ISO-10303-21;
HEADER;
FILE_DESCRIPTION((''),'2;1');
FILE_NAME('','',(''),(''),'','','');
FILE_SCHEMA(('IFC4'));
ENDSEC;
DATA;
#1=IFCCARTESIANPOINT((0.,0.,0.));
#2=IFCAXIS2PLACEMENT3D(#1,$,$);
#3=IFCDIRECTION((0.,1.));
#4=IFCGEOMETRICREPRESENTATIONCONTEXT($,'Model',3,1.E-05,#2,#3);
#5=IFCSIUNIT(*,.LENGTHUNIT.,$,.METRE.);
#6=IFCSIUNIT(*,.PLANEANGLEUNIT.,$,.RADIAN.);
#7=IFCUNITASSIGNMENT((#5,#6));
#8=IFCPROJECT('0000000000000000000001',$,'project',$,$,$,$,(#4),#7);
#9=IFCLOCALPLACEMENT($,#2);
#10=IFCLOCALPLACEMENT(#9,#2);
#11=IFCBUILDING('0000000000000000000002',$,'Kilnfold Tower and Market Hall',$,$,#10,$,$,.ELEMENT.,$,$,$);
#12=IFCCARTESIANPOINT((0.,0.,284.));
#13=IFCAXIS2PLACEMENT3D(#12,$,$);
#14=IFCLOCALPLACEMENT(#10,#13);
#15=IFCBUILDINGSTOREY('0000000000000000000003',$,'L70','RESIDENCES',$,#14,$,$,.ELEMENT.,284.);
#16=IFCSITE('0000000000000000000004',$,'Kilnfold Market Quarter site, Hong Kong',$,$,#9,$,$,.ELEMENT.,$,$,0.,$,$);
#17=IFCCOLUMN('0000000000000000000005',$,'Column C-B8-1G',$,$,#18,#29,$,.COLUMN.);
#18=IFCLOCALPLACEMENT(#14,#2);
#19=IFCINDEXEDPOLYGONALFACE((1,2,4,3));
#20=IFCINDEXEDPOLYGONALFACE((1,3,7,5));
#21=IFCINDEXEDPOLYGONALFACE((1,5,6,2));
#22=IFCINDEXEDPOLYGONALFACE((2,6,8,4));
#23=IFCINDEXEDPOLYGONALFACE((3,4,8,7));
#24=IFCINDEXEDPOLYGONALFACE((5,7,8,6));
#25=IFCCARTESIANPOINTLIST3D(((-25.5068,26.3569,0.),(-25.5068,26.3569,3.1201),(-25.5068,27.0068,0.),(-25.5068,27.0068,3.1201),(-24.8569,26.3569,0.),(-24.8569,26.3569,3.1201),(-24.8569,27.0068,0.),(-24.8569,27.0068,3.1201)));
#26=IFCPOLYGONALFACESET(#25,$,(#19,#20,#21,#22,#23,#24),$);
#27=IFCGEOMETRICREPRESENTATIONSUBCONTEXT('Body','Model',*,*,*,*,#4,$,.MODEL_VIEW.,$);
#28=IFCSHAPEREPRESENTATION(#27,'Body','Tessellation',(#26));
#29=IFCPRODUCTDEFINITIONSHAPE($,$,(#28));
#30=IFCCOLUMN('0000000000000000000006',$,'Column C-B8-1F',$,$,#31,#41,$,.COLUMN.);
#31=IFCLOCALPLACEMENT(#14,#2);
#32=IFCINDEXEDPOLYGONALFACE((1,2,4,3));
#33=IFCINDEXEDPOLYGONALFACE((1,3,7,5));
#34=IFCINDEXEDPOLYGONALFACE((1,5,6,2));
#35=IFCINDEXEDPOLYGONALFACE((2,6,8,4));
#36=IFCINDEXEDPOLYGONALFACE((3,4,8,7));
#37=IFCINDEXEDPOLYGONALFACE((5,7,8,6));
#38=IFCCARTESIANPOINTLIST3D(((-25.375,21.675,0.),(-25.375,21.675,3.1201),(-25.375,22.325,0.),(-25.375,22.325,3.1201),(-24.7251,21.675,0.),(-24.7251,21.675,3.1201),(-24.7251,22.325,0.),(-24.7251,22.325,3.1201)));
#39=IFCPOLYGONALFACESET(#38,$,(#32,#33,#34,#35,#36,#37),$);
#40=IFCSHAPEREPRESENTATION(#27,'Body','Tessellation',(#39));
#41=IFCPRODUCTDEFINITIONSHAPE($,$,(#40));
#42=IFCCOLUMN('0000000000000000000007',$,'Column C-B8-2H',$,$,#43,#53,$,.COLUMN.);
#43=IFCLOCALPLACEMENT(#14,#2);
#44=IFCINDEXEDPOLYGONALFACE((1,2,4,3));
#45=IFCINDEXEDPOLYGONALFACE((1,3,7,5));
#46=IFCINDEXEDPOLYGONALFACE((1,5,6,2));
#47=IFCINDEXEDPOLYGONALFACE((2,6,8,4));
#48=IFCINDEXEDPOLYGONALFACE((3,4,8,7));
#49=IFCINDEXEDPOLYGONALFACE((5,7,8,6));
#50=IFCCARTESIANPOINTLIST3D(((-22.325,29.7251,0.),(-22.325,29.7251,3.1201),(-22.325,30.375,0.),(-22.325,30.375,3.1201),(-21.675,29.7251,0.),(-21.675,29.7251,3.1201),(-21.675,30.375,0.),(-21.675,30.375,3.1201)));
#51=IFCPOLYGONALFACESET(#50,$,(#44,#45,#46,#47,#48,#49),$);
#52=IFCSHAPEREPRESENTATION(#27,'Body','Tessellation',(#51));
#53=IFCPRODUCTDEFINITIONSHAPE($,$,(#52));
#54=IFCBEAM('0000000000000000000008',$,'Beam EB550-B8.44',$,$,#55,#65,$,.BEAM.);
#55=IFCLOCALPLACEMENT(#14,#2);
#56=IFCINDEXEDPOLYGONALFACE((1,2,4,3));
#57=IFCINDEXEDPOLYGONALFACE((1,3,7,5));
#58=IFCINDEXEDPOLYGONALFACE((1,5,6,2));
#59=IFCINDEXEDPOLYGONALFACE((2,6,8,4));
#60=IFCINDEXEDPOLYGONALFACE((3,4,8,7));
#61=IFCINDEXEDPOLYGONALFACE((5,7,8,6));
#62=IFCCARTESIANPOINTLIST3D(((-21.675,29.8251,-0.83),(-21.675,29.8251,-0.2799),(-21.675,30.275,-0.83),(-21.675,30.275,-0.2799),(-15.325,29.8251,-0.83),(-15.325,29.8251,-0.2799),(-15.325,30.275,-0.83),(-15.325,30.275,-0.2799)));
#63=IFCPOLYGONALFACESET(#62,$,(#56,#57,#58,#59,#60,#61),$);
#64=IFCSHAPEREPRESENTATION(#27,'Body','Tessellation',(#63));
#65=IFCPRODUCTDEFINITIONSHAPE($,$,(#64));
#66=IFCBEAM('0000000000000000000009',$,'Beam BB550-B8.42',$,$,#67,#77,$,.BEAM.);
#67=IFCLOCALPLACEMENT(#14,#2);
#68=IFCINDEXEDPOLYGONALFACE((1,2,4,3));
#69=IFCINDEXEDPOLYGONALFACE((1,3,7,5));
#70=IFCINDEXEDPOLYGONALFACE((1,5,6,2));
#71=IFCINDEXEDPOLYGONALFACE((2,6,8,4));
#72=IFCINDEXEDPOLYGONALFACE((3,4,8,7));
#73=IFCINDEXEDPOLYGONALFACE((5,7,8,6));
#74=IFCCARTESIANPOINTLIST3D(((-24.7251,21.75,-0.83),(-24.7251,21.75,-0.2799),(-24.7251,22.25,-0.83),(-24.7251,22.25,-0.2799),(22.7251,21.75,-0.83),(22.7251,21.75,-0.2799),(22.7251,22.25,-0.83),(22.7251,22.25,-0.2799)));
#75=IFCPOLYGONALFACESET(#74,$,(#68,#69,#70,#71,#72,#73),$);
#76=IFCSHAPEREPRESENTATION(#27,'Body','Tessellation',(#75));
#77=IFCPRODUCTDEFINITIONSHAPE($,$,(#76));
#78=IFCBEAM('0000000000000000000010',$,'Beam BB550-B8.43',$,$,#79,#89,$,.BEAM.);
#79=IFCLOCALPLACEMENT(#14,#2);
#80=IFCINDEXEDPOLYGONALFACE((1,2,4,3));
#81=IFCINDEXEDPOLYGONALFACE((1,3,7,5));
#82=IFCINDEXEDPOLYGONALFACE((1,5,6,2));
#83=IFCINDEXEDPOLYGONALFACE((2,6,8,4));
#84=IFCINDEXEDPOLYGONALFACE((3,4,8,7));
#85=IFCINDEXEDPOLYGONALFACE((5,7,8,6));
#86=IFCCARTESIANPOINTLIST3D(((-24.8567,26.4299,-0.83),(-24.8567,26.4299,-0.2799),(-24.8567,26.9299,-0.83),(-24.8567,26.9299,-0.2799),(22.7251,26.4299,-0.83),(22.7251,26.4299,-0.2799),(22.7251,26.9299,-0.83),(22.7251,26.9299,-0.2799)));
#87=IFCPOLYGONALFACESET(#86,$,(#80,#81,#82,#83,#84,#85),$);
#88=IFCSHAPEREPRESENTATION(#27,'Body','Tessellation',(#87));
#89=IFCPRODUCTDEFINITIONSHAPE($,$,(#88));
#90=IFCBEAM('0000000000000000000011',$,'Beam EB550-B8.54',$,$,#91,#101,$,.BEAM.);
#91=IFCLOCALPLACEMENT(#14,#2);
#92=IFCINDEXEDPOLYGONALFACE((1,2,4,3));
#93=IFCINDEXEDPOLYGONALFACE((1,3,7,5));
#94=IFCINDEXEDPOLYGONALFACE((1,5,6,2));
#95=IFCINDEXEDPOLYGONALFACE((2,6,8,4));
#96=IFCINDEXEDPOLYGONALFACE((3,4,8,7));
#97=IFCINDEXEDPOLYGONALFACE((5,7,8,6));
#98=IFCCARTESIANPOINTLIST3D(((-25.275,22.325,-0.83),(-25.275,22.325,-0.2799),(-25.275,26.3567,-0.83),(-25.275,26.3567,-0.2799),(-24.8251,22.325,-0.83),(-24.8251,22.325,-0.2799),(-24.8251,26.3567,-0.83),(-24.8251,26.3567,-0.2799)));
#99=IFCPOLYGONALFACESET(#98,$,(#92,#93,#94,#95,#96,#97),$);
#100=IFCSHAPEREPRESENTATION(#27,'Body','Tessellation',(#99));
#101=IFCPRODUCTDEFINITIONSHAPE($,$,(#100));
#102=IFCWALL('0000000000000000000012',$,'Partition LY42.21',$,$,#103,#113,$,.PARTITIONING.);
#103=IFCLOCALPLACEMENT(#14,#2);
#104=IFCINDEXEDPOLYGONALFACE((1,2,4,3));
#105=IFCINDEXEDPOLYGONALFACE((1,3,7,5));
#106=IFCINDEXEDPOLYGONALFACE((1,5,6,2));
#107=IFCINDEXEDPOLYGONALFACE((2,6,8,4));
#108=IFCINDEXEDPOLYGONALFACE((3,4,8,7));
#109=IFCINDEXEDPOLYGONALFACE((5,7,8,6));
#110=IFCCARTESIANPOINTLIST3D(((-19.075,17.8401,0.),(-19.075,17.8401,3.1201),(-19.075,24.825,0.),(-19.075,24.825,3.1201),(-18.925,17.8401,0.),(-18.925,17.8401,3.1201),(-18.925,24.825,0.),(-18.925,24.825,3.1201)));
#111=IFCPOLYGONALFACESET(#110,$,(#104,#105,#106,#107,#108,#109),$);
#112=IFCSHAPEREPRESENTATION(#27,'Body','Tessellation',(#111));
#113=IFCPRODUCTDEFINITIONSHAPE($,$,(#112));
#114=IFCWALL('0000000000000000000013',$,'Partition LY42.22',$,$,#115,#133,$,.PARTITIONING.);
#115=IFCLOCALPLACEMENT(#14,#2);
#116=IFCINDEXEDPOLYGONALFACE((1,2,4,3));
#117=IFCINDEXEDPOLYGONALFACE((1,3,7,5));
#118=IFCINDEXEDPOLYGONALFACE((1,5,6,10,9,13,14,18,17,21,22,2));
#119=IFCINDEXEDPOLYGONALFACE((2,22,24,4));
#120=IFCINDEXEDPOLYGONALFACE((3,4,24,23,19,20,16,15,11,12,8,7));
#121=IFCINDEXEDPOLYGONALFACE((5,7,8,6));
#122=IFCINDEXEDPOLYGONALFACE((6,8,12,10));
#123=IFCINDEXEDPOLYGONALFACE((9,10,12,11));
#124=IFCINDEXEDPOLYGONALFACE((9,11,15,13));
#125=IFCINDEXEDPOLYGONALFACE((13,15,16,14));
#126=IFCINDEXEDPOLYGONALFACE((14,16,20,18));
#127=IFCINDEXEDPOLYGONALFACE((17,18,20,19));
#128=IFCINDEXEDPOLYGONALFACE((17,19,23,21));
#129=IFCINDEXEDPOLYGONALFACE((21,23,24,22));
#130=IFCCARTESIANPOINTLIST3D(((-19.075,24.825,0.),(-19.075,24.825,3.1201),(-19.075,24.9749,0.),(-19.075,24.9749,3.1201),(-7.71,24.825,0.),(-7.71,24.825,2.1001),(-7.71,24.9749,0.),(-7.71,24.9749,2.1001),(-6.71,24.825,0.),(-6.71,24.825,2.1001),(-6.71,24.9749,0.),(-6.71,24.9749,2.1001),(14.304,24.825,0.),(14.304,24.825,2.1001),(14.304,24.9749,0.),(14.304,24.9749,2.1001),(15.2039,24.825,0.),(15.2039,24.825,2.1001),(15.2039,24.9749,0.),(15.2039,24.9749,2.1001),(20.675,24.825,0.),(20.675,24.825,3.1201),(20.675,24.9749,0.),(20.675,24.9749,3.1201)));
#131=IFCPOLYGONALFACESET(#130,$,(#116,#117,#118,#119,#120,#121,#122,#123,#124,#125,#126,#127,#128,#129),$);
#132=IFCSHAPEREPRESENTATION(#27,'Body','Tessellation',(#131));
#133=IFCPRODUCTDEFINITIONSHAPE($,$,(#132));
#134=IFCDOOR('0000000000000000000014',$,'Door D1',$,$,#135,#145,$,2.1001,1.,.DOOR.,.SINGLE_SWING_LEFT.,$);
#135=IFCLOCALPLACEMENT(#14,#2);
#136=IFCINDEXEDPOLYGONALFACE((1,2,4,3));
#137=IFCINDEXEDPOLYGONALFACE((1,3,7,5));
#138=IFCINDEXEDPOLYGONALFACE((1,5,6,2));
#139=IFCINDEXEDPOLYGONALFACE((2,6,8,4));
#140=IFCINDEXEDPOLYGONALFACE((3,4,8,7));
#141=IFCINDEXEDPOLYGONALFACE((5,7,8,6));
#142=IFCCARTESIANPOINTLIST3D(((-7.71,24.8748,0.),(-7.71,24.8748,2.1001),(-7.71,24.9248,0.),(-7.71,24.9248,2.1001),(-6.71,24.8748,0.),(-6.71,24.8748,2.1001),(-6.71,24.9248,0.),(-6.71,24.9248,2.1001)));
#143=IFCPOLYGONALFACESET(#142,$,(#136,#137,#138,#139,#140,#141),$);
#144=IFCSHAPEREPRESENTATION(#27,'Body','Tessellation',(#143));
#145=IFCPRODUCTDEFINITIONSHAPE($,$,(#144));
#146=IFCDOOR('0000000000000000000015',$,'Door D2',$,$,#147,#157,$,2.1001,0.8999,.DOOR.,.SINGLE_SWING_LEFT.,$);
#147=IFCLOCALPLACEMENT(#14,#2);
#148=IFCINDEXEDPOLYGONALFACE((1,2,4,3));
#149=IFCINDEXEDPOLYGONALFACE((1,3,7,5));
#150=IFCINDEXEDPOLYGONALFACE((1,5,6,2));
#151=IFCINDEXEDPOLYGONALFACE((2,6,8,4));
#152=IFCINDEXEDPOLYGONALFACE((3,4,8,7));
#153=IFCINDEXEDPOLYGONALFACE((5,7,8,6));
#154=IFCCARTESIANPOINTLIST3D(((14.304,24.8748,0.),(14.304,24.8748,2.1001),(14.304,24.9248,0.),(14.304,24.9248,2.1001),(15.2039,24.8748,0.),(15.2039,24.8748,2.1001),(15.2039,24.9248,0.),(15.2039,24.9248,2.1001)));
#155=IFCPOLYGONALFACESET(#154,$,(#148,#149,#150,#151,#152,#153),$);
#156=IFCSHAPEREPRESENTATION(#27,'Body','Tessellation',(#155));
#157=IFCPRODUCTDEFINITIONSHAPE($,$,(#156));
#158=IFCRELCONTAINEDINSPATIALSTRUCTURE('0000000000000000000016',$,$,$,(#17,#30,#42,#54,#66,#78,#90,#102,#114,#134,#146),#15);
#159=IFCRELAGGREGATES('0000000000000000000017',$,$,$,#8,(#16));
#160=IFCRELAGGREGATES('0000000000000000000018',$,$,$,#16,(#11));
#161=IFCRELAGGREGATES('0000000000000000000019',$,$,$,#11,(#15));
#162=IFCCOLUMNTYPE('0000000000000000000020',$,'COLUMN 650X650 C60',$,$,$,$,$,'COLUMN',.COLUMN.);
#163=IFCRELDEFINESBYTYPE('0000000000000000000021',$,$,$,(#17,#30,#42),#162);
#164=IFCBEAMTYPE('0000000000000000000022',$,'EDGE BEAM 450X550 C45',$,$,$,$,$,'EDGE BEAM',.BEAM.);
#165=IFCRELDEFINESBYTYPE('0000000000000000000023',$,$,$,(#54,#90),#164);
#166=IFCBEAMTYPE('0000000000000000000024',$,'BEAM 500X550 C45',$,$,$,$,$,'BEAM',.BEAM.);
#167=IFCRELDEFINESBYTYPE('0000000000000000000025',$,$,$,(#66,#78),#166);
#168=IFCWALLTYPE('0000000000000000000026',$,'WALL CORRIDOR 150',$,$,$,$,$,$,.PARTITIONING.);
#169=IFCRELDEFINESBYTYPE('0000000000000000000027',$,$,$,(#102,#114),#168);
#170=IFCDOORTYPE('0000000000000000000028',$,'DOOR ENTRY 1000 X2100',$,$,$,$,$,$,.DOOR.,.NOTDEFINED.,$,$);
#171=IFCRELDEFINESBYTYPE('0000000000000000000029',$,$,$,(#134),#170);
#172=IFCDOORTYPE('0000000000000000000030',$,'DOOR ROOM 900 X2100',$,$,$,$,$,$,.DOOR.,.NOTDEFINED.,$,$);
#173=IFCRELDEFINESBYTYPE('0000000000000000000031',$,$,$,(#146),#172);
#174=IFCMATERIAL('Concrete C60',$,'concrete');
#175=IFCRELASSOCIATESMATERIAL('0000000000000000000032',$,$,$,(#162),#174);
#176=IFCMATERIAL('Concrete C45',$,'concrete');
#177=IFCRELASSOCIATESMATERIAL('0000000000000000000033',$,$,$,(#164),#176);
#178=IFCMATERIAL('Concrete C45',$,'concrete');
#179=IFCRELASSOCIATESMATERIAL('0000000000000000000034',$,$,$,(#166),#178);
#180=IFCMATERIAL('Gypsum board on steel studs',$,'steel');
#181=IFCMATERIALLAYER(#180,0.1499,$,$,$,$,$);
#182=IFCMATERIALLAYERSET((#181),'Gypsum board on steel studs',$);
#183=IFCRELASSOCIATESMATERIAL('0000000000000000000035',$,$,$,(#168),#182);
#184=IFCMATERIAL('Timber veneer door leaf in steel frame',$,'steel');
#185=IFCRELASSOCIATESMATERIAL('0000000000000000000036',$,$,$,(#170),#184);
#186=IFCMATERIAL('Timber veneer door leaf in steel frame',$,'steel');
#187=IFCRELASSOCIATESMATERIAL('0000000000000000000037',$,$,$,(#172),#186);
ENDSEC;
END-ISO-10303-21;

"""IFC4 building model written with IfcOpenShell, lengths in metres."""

from ifc_helpers import new_model, si_unit, direction, frame, frame_2d, origin, origin_2d, place, context, subcontext, project, spatial, rectangle, extrude, source, transform, mapped, material, layer, layer_set, material_profile, profile_set, type_object, element, fill, save


model = new_model("IFC4")

# Units and contexts
model_context = context("Model", 3, precision=1e-05, world=origin(), true_north=direction((0.0, 1.0)))
body_context = subcontext(model_context, "Body", "Model", "MODEL_VIEW")
ifc_project = project(units=[si_unit("LENGTHUNIT", "METRE"), si_unit("PLANEANGLEUNIT", "RADIAN")], contexts=[model_context])

# Site, building, storey
site_placement = place(None, origin())
site = spatial("IfcSite", under=ifc_project, at=site_placement, Name="Kilnfold Market Quarter site, Hong Kong", CompositionType="ELEMENT", RefElevation=0.0)
building_placement = place(site_placement, origin())
building = spatial("IfcBuilding", under=site, at=building_placement, Name="Kilnfold Tower and Market Hall", CompositionType="ELEMENT")
storey_placement = place(building_placement, frame((0.0, 0.0, 284.0)))
storey = spatial("IfcBuildingStorey", under=building, at=storey_placement, Name="L70", Description="RESIDENCES", CompositionType="ELEMENT", Elevation=284.0)

# Columns
ifc_material_1 = material(Name="Concrete C60", Category="concrete")
ifc_material_profile_1 = material_profile(ifc_material_1, rectangle(XDim=0.6499, YDim=0.6499, at=origin_2d()), Name="RC 650x650")
ifc_profile_set_1 = profile_set([ifc_material_profile_1], Name="Concrete C60")
column_type = type_object("IfcColumnType", Name="COLUMN 650X650 C60", ElementType="COLUMN", PredefinedType="COLUMN", material=ifc_profile_set_1)
shared_shape_1 = source(origin(), body_context, "Body", "SweptSolid", [
    extrude(rectangle(XDim=0.6499, YDim=0.6499, at=origin_2d()), origin(), (0.0, 0.0, 1.0), 3.1201),
])
for number, where, z_axis, x_axis, name in (
    (1, (-25.1819, 26.6819, 0.0), (0.0, 0.0, 1.0), (1.0, 0.0, 0.0), "Column C-B8-1G"),
    (2, (-25.05, 22.0, 0.0), (0.0, 0.0, 1.0), (1.0, 0.0, 0.0), "Column C-B8-1F"),
    (3, (-22.0, 30.05, 0.0), (0.0, 0.0, 1.0), (1.0, 0.0, 0.0), "Column C-B8-2H"),
):
    element("IfcColumn", number, at=place(storey_placement, frame(where, z_axis=z_axis, x_axis=x_axis)), inside=storey, type_object=column_type, Name=name, PredefinedType="COLUMN", context=body_context, shape_type="MappedRepresentation", body=[
        mapped(shared_shape_1, transform((0.0, 0.0, 0.0))),
    ])

# Beams
ifc_material_2 = material(Name="Concrete C45", Category="concrete")
ifc_material_profile_2 = material_profile(ifc_material_2, rectangle(XDim=0.45, YDim=0.55, at=origin_2d()), Name="RC 450x550")
ifc_profile_set_2 = profile_set([ifc_material_profile_2], Name="Concrete C45")
beam_type_1 = type_object("IfcBeamType", Name="EDGE BEAM 450X550 C45", ElementType="EDGE BEAM", PredefinedType="BEAM", material=ifc_profile_set_2)
shared_shape_2 = source(origin(), body_context, "Body", "SweptSolid", [
    extrude(rectangle(XDim=0.45, YDim=0.55, at=origin_2d()), origin(), (0.0, 0.0, 1.0), 6.3501),
])
beam_1_placement = place(storey_placement, frame((-21.675, 30.05, -0.5549), z_axis=(1.0, 0.0, 0.0), x_axis=(0.0, 1.0, 0.0)))
element("IfcBeam", 4, at=beam_1_placement, inside=storey, type_object=beam_type_1, Name="Beam EB550-B8.44", PredefinedType="BEAM", context=body_context, shape_type="MappedRepresentation", body=[
    mapped(shared_shape_2, transform((0.0, 0.0, 0.0))),
])
ifc_material_3 = material(Name="Concrete C45", Category="concrete")
ifc_material_profile_3 = material_profile(ifc_material_3, rectangle(XDim=0.5, YDim=0.55, at=origin_2d()), Name="RC 500x550")
ifc_profile_set_3 = profile_set([ifc_material_profile_3], Name="Concrete C45")
beam_type_2 = type_object("IfcBeamType", Name="BEAM 500X550 C45", ElementType="BEAM", PredefinedType="BEAM", material=ifc_profile_set_3)
shared_shape_3 = source(origin(), body_context, "Body", "SweptSolid", [
    extrude(rectangle(XDim=0.5, YDim=0.55, at=origin_2d()), origin(), (0.0, 0.0, 1.0), 47.4502),
])
beam_2_placement = place(storey_placement, frame((-24.7251, 22.0, -0.5549), z_axis=(1.0, 0.0, 0.0), x_axis=(0.0, 1.0, 0.0)))
element("IfcBeam", 5, at=beam_2_placement, inside=storey, type_object=beam_type_2, Name="Beam BB550-B8.42", PredefinedType="BEAM", context=body_context, shape_type="MappedRepresentation", body=[
    mapped(shared_shape_3, transform((0.0, 0.0, 0.0))),
])
shared_shape_4 = source(origin(), body_context, "Body", "SweptSolid", [
    extrude(rectangle(XDim=0.5, YDim=0.55, at=origin_2d()), origin(), (0.0, 0.0, 1.0), 47.5818),
])
beam_3_placement = place(storey_placement, frame((-24.8567, 26.6799, -0.5549), z_axis=(1.0, 0.0, 0.0), x_axis=(0.0, 1.0, 0.0)))
element("IfcBeam", 6, at=beam_3_placement, inside=storey, type_object=beam_type_2, Name="Beam BB550-B8.43", PredefinedType="BEAM", context=body_context, shape_type="MappedRepresentation", body=[
    mapped(shared_shape_4, transform((0.0, 0.0, 0.0))),
])
shared_shape_5 = source(origin(), body_context, "Body", "SweptSolid", [
    extrude(rectangle(XDim=0.45, YDim=0.55, at=origin_2d()), origin(), (0.0, 0.0, 1.0), 4.0317),
])
beam_4_placement = place(storey_placement, frame((-25.05, 22.325, -0.5549), z_axis=(0.0, 1.0, 0.0), x_axis=(-1.0, 0.0, 0.0)))
element("IfcBeam", 7, at=beam_4_placement, inside=storey, type_object=beam_type_1, Name="Beam EB550-B8.54", PredefinedType="BEAM", context=body_context, shape_type="MappedRepresentation", body=[
    mapped(shared_shape_5, transform((0.0, 0.0, 0.0))),
])

# Wall
ifc_material_4 = material(Name="Gypsum board on steel studs", Category="steel")
ifc_layer_1 = layer(ifc_material_4, 0.1499)
ifc_layer_set_1 = layer_set([ifc_layer_1], Name="Gypsum board on steel studs")
wall_type_1 = type_object("IfcWallType", Name="WALL CORRIDOR 150", PredefinedType="PARTITIONING", material=ifc_layer_set_1)
wall_1_placement = place(storey_placement, frame((-19.0, 17.8401, 0.0), z_axis=(0.0, 0.0, 1.0), x_axis=(0.0, 1.0, 0.0)))
element("IfcWall", 8, at=wall_1_placement, inside=storey, type_object=wall_type_1, Name="Partition LY42.21", PredefinedType="PARTITIONING", context=body_context, shape_type="SweptSolid", body=[
    extrude(rectangle(XDim=6.9849, YDim=0.1499, at=frame_2d((3.4924, 0.0))), origin(), (0.0, 0.0, 1.0), 3.1201),
])

# Wall, openings, doors
wall_2_placement = place(storey_placement, frame((-19.075, 24.8999, 0.0), z_axis=(0.0, 0.0, 1.0), x_axis=(1.0, 0.0, 0.0)))
wall_2 = element("IfcWall", 9, at=wall_2_placement, inside=storey, type_object=wall_type_1, Name="Partition LY42.22", PredefinedType="PARTITIONING", context=body_context, shape_type="SweptSolid", body=[
    extrude(rectangle(XDim=39.75, YDim=0.1499, at=frame_2d((19.875, 0.0))), origin(), (0.0, 0.0, 1.0), 3.1201),
])
opening_1_placement = place(wall_2_placement, frame((11.365, 0.0, 0.0)))
opening_1 = element("IfcOpeningElement", 10, at=opening_1_placement, cuts=wall_2, PredefinedType="OPENING", context=body_context, shape_type="SweptSolid", body=[
    extrude(rectangle(XDim=1.0, YDim=2.1001, at=frame_2d((0.5, 1.05))), frame((0.0, 0.085, 0.0), z_axis=(0.0, -1.0, 0.0), x_axis=(1.0, 0.0, 0.0)), (0.0, 0.0, 1.0), 0.1699),
])
opening_2_placement = place(wall_2_placement, frame((33.3789, 0.0, 0.0)))
opening_2 = element("IfcOpeningElement", 11, at=opening_2_placement, cuts=wall_2, PredefinedType="OPENING", context=body_context, shape_type="SweptSolid", body=[
    extrude(rectangle(XDim=0.8999, YDim=2.1001, at=frame_2d((0.45, 1.05))), frame((0.0, 0.085, 0.0), z_axis=(0.0, -1.0, 0.0), x_axis=(1.0, 0.0, 0.0)), (0.0, 0.0, 1.0), 0.1699),
])
ifc_material_5 = material(Name="Timber veneer door leaf in steel frame", Category="steel")
door_type_1 = type_object("IfcDoorType", Name="DOOR ENTRY 1000 X2100", OperationType="NOTDEFINED", PredefinedType="DOOR", material=ifc_material_5)
door_1_placement = place(opening_1_placement, origin())
door_1 = element("IfcDoor", 12, at=door_1_placement, inside=storey, type_object=door_type_1, Name="Door D1", OperationType="SINGLE_SWING_LEFT", OverallHeight=2.1001, OverallWidth=1.0, PredefinedType="DOOR", context=body_context, shape_type="SweptSolid", body=[
    extrude(rectangle(XDim=1.0, YDim=2.1001, at=frame_2d((0.5, 1.05))), frame((0.0, 0.0249, 0.0), z_axis=(0.0, -1.0, 0.0), x_axis=(1.0, 0.0, 0.0)), (0.0, 0.0, 1.0), 0.05),
])
fill(opening_1, door_1)
ifc_material_6 = material(Name="Timber veneer door leaf in steel frame", Category="steel")
door_type_2 = type_object("IfcDoorType", Name="DOOR ROOM 900 X2100", OperationType="NOTDEFINED", PredefinedType="DOOR", material=ifc_material_6)
door_2_placement = place(opening_2_placement, origin())
door_2 = element("IfcDoor", 13, at=door_2_placement, inside=storey, type_object=door_type_2, Name="Door D2", OperationType="SINGLE_SWING_LEFT", OverallHeight=2.1001, OverallWidth=0.8999, PredefinedType="DOOR", context=body_context, shape_type="SweptSolid", body=[
    extrude(rectangle(XDim=0.8999, YDim=2.1001, at=frame_2d((0.45, 1.05))), frame((0.0, 0.0249, 0.0), z_axis=(0.0, -1.0, 0.0), x_axis=(1.0, 0.0, 0.0)), (0.0, 0.0, 1.0), 0.05),
])
fill(opening_2, door_2)

save(model, "model.ifc")
